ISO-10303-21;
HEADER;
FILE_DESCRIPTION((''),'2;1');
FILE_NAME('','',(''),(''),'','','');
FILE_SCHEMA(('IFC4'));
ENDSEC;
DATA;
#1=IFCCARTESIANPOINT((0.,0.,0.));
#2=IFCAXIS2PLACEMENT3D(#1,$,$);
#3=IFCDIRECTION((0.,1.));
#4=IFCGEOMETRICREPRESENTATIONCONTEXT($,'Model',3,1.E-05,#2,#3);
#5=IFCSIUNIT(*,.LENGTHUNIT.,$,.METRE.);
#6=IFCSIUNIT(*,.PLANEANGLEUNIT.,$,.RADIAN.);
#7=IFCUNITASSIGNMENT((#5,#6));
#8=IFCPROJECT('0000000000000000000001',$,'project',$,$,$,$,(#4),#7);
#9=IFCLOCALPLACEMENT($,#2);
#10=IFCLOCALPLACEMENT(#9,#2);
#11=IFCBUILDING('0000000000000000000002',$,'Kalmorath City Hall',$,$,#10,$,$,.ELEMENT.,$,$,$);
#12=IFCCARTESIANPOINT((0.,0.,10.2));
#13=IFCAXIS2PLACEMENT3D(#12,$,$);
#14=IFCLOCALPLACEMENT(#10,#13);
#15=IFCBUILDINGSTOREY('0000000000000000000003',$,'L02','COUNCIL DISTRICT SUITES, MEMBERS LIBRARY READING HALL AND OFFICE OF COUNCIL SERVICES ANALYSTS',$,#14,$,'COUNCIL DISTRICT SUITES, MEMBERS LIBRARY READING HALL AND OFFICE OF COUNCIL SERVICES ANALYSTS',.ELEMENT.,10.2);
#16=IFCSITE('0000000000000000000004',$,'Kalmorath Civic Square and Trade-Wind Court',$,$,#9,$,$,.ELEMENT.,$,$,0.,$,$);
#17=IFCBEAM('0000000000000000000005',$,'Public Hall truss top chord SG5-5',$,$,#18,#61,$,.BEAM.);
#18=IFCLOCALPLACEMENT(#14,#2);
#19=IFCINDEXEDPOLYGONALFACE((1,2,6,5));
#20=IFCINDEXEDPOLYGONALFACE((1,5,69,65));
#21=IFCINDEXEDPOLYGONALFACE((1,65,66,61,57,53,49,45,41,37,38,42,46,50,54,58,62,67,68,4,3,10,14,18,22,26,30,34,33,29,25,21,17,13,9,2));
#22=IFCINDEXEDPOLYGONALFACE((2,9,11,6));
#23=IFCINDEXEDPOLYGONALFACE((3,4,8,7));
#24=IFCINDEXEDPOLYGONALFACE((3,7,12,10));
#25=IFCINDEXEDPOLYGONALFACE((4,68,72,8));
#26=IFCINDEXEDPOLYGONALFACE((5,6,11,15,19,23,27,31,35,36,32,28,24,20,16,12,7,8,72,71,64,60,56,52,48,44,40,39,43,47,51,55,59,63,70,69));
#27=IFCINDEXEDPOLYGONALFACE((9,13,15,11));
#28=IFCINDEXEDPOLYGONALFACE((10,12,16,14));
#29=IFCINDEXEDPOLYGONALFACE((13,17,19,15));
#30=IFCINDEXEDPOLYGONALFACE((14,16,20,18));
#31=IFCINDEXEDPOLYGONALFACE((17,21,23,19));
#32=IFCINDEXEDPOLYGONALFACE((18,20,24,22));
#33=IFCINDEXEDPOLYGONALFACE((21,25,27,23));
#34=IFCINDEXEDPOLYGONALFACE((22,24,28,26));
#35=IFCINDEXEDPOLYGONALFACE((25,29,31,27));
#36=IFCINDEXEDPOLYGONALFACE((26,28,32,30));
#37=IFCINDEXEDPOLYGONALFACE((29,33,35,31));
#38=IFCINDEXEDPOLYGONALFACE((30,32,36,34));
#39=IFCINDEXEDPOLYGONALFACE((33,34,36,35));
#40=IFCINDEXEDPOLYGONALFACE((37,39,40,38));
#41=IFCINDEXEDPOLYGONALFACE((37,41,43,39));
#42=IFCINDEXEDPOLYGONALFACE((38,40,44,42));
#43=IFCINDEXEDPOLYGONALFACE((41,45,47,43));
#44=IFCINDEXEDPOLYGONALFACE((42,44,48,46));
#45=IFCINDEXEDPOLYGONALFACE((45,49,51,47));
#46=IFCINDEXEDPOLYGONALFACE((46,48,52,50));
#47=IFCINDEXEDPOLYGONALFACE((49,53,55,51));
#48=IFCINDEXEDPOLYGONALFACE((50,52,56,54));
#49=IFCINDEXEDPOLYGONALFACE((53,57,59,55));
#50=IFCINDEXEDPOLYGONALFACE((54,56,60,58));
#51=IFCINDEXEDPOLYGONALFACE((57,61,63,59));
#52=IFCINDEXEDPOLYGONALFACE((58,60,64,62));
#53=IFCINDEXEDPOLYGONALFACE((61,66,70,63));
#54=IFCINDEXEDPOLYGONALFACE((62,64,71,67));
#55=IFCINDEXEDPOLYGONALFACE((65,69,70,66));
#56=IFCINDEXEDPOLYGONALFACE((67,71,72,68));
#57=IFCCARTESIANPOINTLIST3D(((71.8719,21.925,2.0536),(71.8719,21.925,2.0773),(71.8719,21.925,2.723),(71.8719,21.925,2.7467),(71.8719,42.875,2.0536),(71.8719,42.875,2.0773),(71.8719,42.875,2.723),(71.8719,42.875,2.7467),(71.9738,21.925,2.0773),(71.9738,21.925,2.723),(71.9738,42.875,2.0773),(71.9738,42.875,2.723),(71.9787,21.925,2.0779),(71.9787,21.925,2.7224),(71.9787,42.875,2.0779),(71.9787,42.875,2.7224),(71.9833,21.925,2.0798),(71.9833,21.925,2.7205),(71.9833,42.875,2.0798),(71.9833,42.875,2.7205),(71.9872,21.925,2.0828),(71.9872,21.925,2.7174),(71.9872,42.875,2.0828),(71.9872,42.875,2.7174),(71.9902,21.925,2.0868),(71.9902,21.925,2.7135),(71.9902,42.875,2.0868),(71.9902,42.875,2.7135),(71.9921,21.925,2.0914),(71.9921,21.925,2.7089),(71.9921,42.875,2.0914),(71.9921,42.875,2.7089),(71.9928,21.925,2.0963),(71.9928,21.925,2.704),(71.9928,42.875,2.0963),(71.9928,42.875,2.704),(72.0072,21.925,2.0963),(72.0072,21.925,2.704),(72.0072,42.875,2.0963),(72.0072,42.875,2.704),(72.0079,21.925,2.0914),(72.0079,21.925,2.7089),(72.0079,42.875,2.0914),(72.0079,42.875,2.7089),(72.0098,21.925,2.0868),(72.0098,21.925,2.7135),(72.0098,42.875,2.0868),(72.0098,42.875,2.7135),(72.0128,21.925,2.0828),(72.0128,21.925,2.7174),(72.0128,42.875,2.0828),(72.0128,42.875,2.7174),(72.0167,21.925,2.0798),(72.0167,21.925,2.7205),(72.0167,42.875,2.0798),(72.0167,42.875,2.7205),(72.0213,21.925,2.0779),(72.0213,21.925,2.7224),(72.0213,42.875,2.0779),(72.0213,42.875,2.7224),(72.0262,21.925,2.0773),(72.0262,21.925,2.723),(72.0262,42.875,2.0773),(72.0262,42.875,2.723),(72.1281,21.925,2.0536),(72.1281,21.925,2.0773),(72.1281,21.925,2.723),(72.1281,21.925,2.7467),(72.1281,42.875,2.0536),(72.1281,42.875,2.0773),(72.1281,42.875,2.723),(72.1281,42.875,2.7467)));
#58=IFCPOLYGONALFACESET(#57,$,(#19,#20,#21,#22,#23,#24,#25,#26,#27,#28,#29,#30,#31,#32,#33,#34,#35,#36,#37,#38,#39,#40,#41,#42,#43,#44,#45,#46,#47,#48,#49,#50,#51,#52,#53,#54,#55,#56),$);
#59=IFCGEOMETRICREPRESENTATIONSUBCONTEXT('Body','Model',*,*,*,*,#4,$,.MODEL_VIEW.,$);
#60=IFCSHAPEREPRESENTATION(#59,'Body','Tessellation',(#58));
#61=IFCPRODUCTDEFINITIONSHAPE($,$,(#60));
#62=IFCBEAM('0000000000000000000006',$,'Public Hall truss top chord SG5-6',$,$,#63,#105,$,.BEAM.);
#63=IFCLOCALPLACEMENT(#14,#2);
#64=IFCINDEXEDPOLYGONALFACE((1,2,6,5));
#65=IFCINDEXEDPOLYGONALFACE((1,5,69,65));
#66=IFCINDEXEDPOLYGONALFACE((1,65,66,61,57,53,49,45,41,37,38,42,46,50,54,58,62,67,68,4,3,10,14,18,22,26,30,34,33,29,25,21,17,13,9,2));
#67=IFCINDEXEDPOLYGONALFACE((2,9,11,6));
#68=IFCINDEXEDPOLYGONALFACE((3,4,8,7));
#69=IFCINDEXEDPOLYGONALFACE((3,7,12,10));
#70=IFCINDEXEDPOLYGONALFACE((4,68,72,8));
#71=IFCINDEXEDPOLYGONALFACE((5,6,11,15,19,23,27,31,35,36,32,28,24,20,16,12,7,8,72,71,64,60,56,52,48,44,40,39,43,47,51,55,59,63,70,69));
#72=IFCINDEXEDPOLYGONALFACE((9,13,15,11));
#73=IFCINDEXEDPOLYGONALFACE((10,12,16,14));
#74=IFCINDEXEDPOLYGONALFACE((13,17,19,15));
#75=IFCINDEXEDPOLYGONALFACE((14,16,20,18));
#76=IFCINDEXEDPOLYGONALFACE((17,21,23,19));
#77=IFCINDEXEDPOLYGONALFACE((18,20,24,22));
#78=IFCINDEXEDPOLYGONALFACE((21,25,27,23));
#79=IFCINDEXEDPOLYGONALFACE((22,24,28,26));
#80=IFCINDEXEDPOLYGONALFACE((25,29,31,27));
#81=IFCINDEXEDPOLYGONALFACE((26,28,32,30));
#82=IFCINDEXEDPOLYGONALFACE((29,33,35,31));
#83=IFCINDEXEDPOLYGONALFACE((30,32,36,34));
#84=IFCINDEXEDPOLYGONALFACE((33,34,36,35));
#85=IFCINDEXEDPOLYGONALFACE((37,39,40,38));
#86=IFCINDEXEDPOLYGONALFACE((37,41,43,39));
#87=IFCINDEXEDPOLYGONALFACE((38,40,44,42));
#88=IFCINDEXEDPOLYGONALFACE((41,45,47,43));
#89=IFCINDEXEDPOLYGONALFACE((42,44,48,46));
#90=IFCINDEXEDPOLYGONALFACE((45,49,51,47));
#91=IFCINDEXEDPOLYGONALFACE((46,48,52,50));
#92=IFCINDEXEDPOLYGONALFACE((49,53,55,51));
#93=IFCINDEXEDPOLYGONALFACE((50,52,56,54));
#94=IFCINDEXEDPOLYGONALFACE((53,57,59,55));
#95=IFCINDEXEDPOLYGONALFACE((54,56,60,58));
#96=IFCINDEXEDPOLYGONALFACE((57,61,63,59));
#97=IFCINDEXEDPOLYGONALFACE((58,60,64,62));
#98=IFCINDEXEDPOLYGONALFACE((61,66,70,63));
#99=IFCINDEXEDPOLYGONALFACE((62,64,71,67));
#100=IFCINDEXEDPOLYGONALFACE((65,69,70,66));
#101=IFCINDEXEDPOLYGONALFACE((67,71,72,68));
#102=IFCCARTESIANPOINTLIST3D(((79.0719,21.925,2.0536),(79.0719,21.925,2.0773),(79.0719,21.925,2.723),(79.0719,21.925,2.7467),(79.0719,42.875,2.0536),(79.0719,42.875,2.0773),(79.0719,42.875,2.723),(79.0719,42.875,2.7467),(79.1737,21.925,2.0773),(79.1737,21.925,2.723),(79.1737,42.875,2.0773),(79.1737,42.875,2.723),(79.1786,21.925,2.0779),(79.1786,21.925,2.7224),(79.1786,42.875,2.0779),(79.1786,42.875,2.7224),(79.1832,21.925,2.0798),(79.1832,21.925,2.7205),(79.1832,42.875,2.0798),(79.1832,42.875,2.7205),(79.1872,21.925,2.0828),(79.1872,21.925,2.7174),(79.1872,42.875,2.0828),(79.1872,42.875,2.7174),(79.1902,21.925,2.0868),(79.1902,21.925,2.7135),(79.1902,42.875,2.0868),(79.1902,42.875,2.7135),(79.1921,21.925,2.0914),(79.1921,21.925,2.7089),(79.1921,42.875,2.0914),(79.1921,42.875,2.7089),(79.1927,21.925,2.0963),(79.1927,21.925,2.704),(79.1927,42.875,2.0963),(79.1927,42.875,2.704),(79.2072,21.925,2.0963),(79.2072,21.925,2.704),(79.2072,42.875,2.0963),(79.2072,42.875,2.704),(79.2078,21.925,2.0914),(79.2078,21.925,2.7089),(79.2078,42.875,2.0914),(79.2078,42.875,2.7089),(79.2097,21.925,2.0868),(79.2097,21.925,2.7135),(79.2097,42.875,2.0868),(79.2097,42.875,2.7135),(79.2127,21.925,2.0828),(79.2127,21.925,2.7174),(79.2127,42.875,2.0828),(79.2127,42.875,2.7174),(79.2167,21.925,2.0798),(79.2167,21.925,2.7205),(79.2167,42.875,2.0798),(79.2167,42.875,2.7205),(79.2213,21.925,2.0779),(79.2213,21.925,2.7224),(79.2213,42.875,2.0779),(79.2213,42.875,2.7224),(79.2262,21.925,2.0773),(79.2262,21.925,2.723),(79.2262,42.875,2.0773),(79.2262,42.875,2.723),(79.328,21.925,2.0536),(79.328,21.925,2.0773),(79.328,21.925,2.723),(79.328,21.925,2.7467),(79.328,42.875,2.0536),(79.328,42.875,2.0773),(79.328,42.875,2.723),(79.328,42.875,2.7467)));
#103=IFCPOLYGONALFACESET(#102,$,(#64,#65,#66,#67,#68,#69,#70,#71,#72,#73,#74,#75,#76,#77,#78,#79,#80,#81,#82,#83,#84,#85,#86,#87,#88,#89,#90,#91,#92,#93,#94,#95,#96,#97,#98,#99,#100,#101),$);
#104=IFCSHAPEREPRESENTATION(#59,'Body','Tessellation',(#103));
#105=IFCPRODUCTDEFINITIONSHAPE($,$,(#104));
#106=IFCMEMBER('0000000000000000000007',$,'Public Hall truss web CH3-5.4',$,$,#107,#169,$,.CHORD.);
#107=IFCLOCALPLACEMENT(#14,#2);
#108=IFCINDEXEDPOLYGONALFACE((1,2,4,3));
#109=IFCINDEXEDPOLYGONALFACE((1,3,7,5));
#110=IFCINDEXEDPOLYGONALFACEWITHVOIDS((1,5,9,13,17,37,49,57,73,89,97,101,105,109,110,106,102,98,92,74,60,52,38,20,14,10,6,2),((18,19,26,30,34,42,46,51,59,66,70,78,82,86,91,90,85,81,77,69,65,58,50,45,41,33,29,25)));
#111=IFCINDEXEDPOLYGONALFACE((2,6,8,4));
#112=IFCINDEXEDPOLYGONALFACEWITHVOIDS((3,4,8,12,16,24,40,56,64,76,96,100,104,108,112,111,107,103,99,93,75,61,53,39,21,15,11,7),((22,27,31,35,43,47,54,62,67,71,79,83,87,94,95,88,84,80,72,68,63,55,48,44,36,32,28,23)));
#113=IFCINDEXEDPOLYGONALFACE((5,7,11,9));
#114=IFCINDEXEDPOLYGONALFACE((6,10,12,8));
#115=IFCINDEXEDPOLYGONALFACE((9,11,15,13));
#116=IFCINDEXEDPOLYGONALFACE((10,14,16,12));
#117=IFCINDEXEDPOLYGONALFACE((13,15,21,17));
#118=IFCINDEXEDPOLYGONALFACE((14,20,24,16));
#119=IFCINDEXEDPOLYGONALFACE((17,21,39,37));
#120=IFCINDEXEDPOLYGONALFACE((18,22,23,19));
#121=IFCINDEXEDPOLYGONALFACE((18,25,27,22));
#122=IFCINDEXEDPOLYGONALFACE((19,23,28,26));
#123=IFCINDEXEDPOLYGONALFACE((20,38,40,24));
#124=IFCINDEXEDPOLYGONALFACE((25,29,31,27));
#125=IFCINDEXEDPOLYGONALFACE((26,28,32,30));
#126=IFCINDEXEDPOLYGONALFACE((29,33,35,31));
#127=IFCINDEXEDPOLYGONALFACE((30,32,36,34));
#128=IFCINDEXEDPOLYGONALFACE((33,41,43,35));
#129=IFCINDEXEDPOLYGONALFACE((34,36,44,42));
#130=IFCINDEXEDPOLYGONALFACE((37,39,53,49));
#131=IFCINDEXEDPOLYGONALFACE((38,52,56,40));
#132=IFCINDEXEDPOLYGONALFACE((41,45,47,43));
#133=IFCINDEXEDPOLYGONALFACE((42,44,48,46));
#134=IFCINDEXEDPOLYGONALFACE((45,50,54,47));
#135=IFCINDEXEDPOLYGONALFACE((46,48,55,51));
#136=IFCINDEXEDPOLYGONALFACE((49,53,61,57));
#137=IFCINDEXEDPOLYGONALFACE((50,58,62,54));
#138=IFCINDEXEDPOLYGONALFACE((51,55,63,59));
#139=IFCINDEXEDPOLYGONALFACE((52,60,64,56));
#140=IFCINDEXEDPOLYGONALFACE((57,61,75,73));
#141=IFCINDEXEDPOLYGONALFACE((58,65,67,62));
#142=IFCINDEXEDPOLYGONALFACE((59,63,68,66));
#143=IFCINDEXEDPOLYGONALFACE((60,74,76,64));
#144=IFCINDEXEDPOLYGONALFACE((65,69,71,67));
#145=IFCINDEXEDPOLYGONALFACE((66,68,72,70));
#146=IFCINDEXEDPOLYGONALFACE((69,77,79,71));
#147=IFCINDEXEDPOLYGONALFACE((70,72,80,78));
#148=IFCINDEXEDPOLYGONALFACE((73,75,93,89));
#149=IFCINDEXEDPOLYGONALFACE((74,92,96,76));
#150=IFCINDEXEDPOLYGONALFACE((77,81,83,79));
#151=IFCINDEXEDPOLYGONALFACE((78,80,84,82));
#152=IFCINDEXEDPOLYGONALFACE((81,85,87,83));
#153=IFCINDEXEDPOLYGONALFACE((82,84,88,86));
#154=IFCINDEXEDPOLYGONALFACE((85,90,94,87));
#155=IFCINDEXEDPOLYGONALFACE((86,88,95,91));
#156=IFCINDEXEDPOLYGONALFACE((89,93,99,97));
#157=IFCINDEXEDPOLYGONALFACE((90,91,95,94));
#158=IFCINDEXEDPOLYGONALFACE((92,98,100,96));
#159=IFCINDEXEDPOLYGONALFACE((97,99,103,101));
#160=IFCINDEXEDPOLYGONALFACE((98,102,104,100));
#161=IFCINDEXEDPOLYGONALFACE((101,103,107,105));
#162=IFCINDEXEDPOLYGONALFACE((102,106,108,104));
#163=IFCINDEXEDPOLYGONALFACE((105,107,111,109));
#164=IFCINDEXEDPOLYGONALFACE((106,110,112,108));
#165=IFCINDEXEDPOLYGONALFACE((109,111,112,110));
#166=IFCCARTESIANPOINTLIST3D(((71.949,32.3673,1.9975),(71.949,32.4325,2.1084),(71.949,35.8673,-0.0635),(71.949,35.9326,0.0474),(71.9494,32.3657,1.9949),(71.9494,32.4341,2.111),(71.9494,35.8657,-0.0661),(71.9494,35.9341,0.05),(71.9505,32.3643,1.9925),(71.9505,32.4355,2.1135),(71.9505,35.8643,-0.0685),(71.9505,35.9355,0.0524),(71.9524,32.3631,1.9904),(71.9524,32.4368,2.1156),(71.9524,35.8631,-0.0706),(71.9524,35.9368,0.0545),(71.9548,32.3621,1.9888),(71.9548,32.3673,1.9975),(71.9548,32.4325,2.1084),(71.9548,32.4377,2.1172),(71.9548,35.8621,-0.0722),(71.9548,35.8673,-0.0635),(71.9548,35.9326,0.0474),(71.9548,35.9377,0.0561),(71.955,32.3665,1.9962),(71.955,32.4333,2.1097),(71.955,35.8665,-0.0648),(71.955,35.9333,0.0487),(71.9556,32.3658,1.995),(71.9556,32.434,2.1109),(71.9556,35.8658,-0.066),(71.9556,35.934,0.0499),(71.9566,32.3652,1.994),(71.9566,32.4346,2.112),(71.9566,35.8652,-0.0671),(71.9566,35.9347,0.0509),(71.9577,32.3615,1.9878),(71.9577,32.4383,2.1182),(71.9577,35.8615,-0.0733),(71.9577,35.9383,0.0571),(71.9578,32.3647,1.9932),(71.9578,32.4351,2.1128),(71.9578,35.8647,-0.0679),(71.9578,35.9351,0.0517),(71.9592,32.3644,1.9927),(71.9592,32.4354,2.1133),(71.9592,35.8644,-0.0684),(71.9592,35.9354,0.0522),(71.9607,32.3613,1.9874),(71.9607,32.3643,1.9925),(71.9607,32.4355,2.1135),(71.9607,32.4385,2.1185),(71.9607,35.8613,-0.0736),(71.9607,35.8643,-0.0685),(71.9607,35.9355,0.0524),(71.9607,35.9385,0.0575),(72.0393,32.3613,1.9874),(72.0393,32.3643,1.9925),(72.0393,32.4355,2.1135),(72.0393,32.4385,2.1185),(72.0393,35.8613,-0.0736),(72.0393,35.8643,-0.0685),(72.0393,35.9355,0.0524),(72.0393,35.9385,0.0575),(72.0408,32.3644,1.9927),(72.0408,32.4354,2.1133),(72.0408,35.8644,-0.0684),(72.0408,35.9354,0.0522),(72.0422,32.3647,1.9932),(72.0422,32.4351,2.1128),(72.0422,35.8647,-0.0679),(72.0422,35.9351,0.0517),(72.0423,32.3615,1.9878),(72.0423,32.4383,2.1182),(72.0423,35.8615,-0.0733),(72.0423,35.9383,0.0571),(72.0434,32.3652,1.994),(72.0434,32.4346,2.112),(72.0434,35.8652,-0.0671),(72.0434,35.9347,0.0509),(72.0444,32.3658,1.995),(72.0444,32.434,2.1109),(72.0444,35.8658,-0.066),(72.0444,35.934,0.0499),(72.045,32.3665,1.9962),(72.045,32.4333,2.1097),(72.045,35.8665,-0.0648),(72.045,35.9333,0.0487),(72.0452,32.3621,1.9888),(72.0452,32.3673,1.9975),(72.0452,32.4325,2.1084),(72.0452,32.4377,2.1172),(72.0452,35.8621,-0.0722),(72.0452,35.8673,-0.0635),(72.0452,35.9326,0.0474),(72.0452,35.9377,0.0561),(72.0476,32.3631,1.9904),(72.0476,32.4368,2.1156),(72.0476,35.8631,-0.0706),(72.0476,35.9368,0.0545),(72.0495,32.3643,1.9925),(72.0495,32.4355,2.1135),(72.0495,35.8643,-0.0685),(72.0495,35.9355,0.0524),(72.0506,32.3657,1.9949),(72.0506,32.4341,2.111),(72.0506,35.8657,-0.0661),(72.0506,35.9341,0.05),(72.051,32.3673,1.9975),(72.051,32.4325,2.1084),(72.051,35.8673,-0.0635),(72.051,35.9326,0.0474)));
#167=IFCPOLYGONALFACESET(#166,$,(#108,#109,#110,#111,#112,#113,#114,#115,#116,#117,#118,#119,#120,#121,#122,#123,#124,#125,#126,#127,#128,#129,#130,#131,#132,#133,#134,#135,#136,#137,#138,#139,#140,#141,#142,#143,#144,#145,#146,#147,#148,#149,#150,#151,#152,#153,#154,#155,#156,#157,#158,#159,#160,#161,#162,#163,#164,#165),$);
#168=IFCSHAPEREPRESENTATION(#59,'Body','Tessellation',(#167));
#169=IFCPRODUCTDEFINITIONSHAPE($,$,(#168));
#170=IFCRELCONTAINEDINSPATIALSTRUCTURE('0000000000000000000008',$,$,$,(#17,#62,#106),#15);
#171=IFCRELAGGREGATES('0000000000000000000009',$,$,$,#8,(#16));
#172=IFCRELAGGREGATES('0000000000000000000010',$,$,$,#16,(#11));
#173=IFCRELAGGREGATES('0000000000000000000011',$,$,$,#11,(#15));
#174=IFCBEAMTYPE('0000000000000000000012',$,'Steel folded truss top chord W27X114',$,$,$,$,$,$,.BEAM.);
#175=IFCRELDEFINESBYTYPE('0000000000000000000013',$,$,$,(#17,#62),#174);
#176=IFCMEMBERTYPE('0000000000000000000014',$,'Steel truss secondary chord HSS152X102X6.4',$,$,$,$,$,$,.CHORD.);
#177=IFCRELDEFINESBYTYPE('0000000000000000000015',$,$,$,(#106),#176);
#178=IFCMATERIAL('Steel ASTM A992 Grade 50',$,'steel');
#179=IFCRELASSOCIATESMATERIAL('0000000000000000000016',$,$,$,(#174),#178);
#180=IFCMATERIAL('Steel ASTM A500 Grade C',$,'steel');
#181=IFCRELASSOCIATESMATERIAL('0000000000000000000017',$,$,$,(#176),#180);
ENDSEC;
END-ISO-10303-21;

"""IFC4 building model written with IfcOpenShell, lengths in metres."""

from ifc_helpers import new_model, si_unit, direction, frame, origin, origin_2d, place, context, subcontext, project, spatial, hollow_rectangle, i_section, extrude, material, material_profile, profile_set, type_object, element, save


model = new_model("IFC4")

# Units and contexts
model_context = context("Model", 3, precision=1e-05, world=origin(), true_north=direction((0.0, 1.0)))
body_context = subcontext(model_context, "Body", "Model", "MODEL_VIEW")
ifc_project = project(units=[si_unit("LENGTHUNIT", "METRE"), si_unit("PLANEANGLEUNIT", "RADIAN")], contexts=[model_context])

# Site, building, storey
site_placement = place(None, origin())
site = spatial("IfcSite", under=ifc_project, at=site_placement, Name="Kalmorath Civic Square and Trade-Wind Court", CompositionType="ELEMENT", RefElevation=0.0)
building_placement = place(site_placement, origin())
building = spatial("IfcBuilding", under=site, at=building_placement, Name="Kalmorath City Hall", CompositionType="ELEMENT")
storey_placement = place(building_placement, frame((0.0, 0.0, 10.2)))
storey = spatial("IfcBuildingStorey", under=building, at=storey_placement, Name="L02", Description="COUNCIL DISTRICT SUITES, MEMBERS LIBRARY READING HALL AND OFFICE OF COUNCIL SERVICES ANALYSTS", LongName="COUNCIL DISTRICT SUITES, MEMBERS LIBRARY READING HALL AND OFFICE OF COUNCIL SERVICES ANALYSTS", CompositionType="ELEMENT", Elevation=10.2)

# Beams
ifc_material_1 = material(Name="Steel ASTM A992 Grade 50", Category="steel")
ifc_material_profile_1 = material_profile(ifc_material_1, i_section(OverallWidth=0.2561, OverallDepth=0.6931, WebThickness=0.0144, FlangeThickness=0.0237, FilletRadius=0.019, at=origin_2d()), Name="W27X114")
ifc_profile_set_1 = profile_set([ifc_material_profile_1], Name="Steel ASTM A992 Grade 50")
beam_type_1 = type_object("IfcBeamType", Name="Steel folded truss top chord W27X114", PredefinedType="BEAM", material=ifc_profile_set_1)
for number, where, z_axis, x_axis, name in (
    (1, (72.0, 21.925, 2.4001), (0.0, 1.0, 0.0), (-1.0, 0.0, 0.0), "Public Hall truss top chord SG5-5"),
    (2, (79.2, 21.925, 2.4001), (0.0, 1.0, 0.0), (-1.0, 0.0, 0.0), "Public Hall truss top chord SG5-6"),
):
    element("IfcBeam", number, at=place(storey_placement, frame(where, z_axis=z_axis, x_axis=x_axis)), inside=storey, type_object=beam_type_1, Name=name, PredefinedType="BEAM", context=body_context, shape_type="SweptSolid", body=[
        extrude(i_section(OverallWidth=0.2561, OverallDepth=0.6931, WebThickness=0.0144, FlangeThickness=0.0237, FilletRadius=0.019, at=origin_2d()), origin(), (0.0, 0.0, 1.0), 20.95),
    ])

# Member
ifc_material_2 = material(Name="Steel ASTM A500 Grade C", Category="steel")
ifc_material_profile_2 = material_profile(ifc_material_2, hollow_rectangle(XDim=0.1021, YDim=0.1521, WallThickness=0.0059, InnerFilletRadius=0.0059, OuterFilletRadius=0.0117, at=origin_2d()), Name="HSS152X102X6.4")
ifc_profile_set_2 = profile_set([ifc_material_profile_2], Name="Steel ASTM A500 Grade C")
member_type_1 = type_object("IfcMemberType", Name="Steel truss secondary chord HSS152X102X6.4", PredefinedType="CHORD", material=ifc_profile_set_2)
for number, where, z_axis, x_axis, name in (
    (3, (72.0, 32.3999, 2.053), (0.0, 0.861696, -0.507425), (-1.0, 0.0, 0.0), "Public Hall truss web CH3-5.4"),
):
    element("IfcMember", number, at=place(storey_placement, frame(where, z_axis=z_axis, x_axis=x_axis)), inside=storey, type_object=member_type_1, Name=name, PredefinedType="CHORD", context=body_context, shape_type="SweptSolid", body=[
        extrude(hollow_rectangle(XDim=0.1021, YDim=0.1521, WallThickness=0.0059, InnerFilletRadius=0.0059, OuterFilletRadius=0.0117, at=origin_2d()), origin(), (0.0, 0.0, 1.0), 4.0618),
    ])

save(model, "model.ifc")
